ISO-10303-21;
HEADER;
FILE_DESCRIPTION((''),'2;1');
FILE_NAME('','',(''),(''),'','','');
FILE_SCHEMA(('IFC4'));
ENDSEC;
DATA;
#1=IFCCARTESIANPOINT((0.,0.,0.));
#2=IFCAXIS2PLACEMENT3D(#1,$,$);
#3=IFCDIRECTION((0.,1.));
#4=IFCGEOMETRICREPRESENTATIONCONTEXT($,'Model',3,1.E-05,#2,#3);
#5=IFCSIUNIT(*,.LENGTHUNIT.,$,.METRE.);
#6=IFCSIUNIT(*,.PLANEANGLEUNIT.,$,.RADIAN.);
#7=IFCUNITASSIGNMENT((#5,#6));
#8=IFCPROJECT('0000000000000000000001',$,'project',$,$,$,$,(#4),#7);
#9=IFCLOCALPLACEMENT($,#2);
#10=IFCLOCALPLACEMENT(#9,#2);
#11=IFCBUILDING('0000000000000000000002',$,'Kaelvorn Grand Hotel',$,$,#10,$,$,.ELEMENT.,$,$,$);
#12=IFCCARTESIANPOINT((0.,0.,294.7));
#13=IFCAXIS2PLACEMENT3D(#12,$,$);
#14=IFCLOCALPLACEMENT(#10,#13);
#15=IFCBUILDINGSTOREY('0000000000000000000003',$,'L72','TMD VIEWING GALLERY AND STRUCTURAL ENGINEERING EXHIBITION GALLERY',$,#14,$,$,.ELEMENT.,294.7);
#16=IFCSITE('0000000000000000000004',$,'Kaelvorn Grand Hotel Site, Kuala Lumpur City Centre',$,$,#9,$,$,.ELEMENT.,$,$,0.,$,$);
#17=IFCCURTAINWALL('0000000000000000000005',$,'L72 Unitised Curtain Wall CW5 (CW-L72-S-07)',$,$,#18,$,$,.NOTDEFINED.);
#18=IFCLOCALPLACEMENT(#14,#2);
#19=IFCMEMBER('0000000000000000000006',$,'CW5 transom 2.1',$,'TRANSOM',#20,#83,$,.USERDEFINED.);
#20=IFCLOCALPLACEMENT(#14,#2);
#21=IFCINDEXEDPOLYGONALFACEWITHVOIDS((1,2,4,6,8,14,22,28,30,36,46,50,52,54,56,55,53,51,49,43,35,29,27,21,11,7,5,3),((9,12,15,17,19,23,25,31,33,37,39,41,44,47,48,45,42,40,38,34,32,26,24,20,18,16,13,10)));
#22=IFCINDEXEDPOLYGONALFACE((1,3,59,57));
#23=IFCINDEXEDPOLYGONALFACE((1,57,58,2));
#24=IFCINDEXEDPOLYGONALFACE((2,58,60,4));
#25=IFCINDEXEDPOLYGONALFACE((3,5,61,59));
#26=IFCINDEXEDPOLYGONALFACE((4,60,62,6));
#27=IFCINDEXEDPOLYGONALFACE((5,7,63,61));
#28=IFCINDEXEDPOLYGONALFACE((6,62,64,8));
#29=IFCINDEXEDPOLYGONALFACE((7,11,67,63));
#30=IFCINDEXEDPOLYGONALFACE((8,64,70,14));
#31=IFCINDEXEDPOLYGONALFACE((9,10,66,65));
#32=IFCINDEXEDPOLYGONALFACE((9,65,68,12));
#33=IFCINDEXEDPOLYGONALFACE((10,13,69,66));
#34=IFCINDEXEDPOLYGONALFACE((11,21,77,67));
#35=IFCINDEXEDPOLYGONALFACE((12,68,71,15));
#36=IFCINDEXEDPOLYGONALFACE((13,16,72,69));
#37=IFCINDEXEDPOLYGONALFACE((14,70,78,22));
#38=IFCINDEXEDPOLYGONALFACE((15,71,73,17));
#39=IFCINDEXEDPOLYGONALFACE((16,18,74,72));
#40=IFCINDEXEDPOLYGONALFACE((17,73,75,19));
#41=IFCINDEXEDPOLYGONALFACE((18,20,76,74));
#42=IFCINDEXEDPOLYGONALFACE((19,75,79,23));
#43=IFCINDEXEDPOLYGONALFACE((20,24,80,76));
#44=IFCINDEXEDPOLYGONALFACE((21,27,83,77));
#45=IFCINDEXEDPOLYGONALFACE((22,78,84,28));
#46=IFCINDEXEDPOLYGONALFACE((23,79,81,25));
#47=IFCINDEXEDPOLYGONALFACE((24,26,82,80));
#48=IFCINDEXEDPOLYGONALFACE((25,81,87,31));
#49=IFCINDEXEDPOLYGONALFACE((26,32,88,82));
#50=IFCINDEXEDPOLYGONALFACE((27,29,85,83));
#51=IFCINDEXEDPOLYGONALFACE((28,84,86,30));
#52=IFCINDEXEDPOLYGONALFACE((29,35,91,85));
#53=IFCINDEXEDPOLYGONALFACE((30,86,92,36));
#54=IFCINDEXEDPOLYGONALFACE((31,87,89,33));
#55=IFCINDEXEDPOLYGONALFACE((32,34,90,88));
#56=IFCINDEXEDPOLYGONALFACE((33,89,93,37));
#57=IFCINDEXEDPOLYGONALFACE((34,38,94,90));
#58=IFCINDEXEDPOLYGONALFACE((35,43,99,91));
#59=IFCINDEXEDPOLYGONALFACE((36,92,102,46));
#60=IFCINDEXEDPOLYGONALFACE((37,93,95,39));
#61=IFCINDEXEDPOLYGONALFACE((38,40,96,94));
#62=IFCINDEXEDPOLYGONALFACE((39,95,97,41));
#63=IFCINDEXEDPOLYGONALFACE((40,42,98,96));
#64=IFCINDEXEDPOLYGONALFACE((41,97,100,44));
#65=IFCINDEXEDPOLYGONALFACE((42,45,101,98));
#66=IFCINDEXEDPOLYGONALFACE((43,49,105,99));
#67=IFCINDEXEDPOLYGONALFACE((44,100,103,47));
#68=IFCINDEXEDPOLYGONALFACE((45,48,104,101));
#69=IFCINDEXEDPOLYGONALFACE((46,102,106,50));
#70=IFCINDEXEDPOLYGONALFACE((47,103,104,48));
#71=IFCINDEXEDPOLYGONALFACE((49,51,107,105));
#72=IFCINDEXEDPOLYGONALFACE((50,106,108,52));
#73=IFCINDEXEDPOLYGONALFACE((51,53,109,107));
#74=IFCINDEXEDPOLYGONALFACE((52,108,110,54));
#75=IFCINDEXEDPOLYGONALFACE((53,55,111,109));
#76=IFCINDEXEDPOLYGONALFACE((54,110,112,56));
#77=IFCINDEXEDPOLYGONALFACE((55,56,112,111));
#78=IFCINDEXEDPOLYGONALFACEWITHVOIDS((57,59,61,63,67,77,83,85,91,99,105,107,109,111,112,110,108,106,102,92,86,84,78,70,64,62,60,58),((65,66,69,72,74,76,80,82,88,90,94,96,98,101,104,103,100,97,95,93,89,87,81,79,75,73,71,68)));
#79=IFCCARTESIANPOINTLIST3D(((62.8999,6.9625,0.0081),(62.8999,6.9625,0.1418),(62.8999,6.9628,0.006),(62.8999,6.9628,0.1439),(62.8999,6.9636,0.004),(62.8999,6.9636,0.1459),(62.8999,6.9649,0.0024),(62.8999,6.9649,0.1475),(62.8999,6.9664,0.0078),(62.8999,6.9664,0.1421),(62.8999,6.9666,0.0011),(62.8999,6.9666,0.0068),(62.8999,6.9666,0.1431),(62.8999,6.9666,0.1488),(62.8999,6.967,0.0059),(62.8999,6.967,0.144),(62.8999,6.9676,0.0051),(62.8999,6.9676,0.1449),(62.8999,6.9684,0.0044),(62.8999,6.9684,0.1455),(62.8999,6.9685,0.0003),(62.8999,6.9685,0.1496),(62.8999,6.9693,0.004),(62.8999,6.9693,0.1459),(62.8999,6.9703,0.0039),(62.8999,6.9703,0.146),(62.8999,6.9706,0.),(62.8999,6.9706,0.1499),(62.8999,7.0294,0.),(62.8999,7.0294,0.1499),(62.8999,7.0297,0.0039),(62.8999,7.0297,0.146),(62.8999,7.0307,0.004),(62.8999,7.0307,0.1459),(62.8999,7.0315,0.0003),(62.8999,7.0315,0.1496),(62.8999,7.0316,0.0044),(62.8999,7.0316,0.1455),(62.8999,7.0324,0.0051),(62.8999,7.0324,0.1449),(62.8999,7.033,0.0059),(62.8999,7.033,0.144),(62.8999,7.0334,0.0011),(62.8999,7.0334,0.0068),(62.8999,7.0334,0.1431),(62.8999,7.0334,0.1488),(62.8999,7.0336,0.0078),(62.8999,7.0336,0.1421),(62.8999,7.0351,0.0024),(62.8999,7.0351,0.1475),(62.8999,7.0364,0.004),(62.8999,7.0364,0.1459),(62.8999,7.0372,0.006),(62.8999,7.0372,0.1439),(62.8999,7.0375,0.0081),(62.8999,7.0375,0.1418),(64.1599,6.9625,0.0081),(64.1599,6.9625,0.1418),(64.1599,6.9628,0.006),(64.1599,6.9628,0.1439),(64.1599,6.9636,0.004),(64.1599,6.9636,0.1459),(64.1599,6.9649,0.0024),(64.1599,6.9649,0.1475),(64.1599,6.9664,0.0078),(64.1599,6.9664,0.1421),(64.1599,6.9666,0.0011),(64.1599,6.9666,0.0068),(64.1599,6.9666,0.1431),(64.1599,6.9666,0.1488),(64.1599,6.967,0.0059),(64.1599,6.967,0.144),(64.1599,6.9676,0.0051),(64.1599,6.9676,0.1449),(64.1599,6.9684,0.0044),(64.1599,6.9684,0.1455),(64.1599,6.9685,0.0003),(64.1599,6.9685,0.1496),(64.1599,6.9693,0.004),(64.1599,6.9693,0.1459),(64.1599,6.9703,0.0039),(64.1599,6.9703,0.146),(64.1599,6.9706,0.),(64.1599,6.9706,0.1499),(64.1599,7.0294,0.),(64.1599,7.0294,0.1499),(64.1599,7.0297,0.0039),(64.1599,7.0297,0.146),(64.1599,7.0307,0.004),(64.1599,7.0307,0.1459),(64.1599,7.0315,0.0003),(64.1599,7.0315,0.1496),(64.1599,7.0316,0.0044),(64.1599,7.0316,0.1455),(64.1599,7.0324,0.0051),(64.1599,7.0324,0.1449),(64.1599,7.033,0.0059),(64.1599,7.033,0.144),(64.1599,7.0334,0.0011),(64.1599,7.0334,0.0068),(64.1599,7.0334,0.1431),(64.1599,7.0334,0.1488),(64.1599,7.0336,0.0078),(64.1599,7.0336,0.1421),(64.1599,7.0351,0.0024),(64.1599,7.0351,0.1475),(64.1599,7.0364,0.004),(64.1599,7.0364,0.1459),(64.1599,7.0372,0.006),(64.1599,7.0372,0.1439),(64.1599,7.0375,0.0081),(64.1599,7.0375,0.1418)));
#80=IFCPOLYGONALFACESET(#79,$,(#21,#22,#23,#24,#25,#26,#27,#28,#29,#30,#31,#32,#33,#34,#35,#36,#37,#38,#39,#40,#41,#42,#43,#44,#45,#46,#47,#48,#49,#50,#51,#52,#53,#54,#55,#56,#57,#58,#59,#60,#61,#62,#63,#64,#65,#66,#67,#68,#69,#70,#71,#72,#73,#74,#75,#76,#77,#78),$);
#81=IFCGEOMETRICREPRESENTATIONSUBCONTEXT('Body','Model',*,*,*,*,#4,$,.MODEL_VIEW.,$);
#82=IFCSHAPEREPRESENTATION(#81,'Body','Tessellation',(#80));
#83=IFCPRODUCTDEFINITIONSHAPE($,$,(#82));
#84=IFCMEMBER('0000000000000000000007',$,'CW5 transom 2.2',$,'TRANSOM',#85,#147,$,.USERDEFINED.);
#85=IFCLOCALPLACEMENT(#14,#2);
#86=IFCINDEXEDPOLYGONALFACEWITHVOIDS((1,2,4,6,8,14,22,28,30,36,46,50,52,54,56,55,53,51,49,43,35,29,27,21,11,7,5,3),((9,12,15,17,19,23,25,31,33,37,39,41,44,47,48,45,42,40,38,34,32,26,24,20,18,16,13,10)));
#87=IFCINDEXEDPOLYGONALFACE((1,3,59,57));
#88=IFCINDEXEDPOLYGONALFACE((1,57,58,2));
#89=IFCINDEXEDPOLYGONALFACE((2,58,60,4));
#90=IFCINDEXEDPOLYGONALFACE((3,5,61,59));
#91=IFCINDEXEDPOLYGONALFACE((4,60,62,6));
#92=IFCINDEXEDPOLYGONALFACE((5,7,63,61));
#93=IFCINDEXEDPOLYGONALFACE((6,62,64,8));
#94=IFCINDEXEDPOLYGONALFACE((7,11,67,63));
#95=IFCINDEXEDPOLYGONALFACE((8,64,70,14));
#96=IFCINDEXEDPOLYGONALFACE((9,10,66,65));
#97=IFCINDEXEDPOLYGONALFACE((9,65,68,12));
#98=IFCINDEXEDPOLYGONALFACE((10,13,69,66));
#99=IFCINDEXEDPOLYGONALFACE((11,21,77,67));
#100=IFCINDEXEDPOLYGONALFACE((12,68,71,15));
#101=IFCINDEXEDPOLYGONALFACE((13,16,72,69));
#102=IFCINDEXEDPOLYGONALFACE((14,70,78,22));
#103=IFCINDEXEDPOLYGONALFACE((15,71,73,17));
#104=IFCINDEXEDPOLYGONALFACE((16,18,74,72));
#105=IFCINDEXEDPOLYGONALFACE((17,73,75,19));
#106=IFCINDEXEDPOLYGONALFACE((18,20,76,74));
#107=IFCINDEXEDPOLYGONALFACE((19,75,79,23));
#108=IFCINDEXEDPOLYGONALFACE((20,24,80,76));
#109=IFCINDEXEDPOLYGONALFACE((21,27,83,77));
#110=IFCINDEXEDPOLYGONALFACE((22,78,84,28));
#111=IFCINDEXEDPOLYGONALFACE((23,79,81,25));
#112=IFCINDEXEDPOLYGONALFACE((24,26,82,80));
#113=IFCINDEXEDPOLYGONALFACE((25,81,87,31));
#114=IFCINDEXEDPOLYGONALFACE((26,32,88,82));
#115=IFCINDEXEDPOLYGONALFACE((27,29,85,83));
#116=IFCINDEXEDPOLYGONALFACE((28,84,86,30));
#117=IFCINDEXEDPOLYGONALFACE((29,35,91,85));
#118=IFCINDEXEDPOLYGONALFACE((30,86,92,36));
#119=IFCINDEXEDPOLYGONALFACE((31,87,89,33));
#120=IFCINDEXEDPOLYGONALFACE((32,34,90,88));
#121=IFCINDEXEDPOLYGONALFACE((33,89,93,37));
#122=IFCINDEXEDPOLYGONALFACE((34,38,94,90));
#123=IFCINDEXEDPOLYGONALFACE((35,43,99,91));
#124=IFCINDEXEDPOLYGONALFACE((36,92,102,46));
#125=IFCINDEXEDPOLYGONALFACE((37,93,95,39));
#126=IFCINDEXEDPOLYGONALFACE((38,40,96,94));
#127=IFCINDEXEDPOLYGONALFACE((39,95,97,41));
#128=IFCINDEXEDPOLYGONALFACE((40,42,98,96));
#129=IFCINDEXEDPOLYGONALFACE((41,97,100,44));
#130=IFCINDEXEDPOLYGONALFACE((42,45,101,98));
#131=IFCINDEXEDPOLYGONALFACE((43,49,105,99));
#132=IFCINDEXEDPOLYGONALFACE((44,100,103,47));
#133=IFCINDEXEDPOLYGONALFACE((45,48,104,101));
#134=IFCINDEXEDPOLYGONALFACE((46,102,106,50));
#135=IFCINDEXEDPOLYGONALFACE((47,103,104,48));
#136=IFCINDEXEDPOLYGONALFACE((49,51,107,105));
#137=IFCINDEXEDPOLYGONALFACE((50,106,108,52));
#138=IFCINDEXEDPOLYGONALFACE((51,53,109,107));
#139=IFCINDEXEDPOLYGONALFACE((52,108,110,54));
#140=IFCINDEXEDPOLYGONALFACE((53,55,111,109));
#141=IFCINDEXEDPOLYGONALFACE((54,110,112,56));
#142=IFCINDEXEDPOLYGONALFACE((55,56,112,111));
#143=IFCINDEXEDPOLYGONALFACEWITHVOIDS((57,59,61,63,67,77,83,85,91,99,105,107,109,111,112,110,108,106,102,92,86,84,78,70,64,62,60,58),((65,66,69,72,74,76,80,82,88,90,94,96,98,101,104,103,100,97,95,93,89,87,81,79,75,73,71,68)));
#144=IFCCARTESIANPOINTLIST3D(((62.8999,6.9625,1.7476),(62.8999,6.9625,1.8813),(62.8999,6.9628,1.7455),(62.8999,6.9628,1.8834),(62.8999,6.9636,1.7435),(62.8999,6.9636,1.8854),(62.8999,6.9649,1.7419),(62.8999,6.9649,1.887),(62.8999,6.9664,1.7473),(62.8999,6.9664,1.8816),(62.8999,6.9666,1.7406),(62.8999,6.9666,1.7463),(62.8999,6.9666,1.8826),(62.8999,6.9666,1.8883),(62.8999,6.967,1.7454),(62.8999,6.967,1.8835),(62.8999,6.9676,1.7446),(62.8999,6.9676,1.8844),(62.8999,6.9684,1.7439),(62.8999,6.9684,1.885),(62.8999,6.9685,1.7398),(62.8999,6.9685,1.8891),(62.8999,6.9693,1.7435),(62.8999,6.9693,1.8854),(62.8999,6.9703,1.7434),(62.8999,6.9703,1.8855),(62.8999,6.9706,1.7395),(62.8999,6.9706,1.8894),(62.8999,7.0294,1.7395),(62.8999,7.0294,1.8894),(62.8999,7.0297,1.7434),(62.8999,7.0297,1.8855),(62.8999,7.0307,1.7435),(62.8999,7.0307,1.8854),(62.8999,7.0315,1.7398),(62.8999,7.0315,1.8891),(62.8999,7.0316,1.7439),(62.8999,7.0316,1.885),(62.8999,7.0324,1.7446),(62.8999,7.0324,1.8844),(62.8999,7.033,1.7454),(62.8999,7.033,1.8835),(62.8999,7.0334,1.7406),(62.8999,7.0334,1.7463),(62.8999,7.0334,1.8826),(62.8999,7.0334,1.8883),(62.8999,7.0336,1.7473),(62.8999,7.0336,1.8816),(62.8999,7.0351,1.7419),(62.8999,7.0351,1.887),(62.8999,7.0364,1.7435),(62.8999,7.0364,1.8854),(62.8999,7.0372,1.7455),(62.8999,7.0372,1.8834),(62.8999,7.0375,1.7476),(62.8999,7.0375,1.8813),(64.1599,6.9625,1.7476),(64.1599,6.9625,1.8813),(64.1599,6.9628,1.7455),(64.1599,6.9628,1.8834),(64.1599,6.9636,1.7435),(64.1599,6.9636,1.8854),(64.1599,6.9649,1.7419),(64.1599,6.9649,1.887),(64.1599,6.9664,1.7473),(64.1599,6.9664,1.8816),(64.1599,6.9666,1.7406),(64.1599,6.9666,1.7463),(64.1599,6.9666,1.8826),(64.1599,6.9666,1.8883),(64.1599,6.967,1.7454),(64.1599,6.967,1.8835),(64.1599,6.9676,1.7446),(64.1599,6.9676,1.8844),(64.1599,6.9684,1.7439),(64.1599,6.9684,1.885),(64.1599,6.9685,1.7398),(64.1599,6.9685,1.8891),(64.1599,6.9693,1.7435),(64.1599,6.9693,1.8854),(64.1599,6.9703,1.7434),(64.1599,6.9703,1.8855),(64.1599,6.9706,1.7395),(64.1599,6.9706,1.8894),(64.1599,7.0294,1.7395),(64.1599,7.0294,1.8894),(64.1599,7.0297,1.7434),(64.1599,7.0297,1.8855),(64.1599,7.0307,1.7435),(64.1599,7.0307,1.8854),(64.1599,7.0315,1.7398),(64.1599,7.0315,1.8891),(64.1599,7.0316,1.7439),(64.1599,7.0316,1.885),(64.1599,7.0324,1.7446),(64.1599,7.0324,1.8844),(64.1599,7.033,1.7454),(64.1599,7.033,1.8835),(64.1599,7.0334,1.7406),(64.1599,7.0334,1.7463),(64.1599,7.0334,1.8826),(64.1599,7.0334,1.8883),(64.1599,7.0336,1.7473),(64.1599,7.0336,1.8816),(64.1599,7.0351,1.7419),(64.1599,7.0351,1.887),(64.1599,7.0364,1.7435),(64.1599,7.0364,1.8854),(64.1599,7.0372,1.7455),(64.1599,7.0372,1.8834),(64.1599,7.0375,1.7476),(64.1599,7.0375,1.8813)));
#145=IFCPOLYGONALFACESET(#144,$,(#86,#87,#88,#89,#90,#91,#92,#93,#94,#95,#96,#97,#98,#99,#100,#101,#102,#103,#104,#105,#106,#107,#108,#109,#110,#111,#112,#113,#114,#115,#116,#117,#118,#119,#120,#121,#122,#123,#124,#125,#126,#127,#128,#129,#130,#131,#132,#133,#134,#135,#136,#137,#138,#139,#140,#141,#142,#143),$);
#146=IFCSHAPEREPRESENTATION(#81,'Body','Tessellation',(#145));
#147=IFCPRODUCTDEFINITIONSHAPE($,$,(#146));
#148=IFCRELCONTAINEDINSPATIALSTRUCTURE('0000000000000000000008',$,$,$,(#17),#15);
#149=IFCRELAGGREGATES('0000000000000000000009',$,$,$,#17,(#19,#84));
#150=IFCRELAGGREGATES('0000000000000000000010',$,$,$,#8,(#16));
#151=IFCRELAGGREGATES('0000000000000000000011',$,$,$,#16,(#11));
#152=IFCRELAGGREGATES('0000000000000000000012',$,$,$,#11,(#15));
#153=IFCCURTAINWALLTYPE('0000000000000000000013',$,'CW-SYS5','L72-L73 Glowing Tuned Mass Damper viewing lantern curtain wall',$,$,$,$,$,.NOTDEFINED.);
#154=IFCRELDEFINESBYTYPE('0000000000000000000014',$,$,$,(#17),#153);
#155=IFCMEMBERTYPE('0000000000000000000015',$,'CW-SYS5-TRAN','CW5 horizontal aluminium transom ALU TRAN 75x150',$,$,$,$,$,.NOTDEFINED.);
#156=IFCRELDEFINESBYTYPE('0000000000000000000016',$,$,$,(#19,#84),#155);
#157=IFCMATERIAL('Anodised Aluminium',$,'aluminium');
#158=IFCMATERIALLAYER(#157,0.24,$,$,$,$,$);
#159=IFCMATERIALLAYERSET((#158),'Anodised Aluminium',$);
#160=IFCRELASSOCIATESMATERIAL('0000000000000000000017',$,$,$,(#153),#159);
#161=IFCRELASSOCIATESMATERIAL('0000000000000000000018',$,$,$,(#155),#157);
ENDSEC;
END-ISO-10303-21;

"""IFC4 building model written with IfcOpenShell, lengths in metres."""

from ifc_helpers import new_model, si_unit, direction, frame, origin, origin_2d, place, context, subcontext, project, spatial, hollow_rectangle, extrude, material, layer, layer_set, material_profile, profile_set, type_object, element, aggregate, save


model = new_model("IFC4")

# Units and contexts
model_context = context("Model", 3, precision=1e-05, world=origin(), true_north=direction((0.0, 1.0)))
body_context = subcontext(model_context, "Body", "Model", "MODEL_VIEW")
ifc_project = project(units=[si_unit("LENGTHUNIT", "METRE"), si_unit("PLANEANGLEUNIT", "RADIAN")], contexts=[model_context])

# Site, building, storey
site_placement = place(None, origin())
site = spatial("IfcSite", under=ifc_project, at=site_placement, Name="Kaelvorn Grand Hotel Site, Kuala Lumpur City Centre", CompositionType="ELEMENT", RefElevation=0.0)
building_placement = place(site_placement, origin())
building = spatial("IfcBuilding", under=site, at=building_placement, Name="Kaelvorn Grand Hotel", CompositionType="ELEMENT")
storey_placement = place(building_placement, frame((0.0, 0.0, 294.7)))
storey = spatial("IfcBuildingStorey", under=building, at=storey_placement, Name="L72", Description="TMD VIEWING GALLERY AND STRUCTURAL ENGINEERING EXHIBITION GALLERY", CompositionType="ELEMENT", Elevation=294.7)

# Curtain wall
ifc_material_1 = material(Name="Anodised Aluminium", Category="aluminium")
ifc_layer_1 = layer(ifc_material_1, 0.24)
ifc_layer_set_1 = layer_set([ifc_layer_1], Name="Anodised Aluminium")
curtain_wall_type = type_object("IfcCurtainWallType", Name="CW-SYS5", Description="L72-L73 Glowing Tuned Mass Damper viewing lantern curtain wall", PredefinedType="NOTDEFINED", material=ifc_layer_set_1)
curtain_wall_1_placement = place(storey_placement, origin())
curtain_wall_1 = element("IfcCurtainWall", 1, at=curtain_wall_1_placement, inside=storey, type_object=curtain_wall_type, Name="L72 Unitised Curtain Wall CW5 (CW-L72-S-07)", PredefinedType="NOTDEFINED")

# Members
ifc_material_profile_1 = material_profile(ifc_material_1, hollow_rectangle(XDim=0.075, YDim=0.1499, WallThickness=0.0039, InnerFilletRadius=0.0039, OuterFilletRadius=0.0081, at=origin_2d()), Name="ALU TRAN 75x150")
ifc_profile_set_1 = profile_set([ifc_material_profile_1], Name="Anodised Aluminium")
member_type_1 = type_object("IfcMemberType", Name="CW-SYS5-TRAN", Description="CW5 horizontal aluminium transom ALU TRAN 75x150", PredefinedType="NOTDEFINED", material=ifc_profile_set_1)
member_1_placement = place(storey_placement, frame((62.8999, 7.0, 0.075), z_axis=(1.0, 0.0, 0.0), x_axis=(0.0, 1.0, 0.0)))
member_1 = element("IfcMember", 2, at=member_1_placement, type_object=member_type_1, Name="CW5 transom 2.1", ObjectType="TRANSOM", PredefinedType="USERDEFINED", context=body_context, shape_type="SweptSolid", body=[
    extrude(hollow_rectangle(XDim=0.075, YDim=0.1499, WallThickness=0.0039, InnerFilletRadius=0.0039, OuterFilletRadius=0.0081, at=origin_2d()), origin(), (0.0, 0.0, 1.0), 1.26),
])
member_2_placement = place(storey_placement, frame((62.8999, 7.0, 1.8145), z_axis=(1.0, 0.0, 0.0), x_axis=(0.0, 1.0, 0.0)))
member_2 = element("IfcMember", 3, at=member_2_placement, type_object=member_type_1, Name="CW5 transom 2.2", ObjectType="TRANSOM", PredefinedType="USERDEFINED", context=body_context, shape_type="SweptSolid", body=[
    extrude(hollow_rectangle(XDim=0.075, YDim=0.1499, WallThickness=0.0039, InnerFilletRadius=0.0039, OuterFilletRadius=0.0081, at=origin_2d()), origin(), (0.0, 0.0, 1.0), 1.26),
])

aggregate(curtain_wall_1, [member_1, member_2])

save(model, "model.ifc")
